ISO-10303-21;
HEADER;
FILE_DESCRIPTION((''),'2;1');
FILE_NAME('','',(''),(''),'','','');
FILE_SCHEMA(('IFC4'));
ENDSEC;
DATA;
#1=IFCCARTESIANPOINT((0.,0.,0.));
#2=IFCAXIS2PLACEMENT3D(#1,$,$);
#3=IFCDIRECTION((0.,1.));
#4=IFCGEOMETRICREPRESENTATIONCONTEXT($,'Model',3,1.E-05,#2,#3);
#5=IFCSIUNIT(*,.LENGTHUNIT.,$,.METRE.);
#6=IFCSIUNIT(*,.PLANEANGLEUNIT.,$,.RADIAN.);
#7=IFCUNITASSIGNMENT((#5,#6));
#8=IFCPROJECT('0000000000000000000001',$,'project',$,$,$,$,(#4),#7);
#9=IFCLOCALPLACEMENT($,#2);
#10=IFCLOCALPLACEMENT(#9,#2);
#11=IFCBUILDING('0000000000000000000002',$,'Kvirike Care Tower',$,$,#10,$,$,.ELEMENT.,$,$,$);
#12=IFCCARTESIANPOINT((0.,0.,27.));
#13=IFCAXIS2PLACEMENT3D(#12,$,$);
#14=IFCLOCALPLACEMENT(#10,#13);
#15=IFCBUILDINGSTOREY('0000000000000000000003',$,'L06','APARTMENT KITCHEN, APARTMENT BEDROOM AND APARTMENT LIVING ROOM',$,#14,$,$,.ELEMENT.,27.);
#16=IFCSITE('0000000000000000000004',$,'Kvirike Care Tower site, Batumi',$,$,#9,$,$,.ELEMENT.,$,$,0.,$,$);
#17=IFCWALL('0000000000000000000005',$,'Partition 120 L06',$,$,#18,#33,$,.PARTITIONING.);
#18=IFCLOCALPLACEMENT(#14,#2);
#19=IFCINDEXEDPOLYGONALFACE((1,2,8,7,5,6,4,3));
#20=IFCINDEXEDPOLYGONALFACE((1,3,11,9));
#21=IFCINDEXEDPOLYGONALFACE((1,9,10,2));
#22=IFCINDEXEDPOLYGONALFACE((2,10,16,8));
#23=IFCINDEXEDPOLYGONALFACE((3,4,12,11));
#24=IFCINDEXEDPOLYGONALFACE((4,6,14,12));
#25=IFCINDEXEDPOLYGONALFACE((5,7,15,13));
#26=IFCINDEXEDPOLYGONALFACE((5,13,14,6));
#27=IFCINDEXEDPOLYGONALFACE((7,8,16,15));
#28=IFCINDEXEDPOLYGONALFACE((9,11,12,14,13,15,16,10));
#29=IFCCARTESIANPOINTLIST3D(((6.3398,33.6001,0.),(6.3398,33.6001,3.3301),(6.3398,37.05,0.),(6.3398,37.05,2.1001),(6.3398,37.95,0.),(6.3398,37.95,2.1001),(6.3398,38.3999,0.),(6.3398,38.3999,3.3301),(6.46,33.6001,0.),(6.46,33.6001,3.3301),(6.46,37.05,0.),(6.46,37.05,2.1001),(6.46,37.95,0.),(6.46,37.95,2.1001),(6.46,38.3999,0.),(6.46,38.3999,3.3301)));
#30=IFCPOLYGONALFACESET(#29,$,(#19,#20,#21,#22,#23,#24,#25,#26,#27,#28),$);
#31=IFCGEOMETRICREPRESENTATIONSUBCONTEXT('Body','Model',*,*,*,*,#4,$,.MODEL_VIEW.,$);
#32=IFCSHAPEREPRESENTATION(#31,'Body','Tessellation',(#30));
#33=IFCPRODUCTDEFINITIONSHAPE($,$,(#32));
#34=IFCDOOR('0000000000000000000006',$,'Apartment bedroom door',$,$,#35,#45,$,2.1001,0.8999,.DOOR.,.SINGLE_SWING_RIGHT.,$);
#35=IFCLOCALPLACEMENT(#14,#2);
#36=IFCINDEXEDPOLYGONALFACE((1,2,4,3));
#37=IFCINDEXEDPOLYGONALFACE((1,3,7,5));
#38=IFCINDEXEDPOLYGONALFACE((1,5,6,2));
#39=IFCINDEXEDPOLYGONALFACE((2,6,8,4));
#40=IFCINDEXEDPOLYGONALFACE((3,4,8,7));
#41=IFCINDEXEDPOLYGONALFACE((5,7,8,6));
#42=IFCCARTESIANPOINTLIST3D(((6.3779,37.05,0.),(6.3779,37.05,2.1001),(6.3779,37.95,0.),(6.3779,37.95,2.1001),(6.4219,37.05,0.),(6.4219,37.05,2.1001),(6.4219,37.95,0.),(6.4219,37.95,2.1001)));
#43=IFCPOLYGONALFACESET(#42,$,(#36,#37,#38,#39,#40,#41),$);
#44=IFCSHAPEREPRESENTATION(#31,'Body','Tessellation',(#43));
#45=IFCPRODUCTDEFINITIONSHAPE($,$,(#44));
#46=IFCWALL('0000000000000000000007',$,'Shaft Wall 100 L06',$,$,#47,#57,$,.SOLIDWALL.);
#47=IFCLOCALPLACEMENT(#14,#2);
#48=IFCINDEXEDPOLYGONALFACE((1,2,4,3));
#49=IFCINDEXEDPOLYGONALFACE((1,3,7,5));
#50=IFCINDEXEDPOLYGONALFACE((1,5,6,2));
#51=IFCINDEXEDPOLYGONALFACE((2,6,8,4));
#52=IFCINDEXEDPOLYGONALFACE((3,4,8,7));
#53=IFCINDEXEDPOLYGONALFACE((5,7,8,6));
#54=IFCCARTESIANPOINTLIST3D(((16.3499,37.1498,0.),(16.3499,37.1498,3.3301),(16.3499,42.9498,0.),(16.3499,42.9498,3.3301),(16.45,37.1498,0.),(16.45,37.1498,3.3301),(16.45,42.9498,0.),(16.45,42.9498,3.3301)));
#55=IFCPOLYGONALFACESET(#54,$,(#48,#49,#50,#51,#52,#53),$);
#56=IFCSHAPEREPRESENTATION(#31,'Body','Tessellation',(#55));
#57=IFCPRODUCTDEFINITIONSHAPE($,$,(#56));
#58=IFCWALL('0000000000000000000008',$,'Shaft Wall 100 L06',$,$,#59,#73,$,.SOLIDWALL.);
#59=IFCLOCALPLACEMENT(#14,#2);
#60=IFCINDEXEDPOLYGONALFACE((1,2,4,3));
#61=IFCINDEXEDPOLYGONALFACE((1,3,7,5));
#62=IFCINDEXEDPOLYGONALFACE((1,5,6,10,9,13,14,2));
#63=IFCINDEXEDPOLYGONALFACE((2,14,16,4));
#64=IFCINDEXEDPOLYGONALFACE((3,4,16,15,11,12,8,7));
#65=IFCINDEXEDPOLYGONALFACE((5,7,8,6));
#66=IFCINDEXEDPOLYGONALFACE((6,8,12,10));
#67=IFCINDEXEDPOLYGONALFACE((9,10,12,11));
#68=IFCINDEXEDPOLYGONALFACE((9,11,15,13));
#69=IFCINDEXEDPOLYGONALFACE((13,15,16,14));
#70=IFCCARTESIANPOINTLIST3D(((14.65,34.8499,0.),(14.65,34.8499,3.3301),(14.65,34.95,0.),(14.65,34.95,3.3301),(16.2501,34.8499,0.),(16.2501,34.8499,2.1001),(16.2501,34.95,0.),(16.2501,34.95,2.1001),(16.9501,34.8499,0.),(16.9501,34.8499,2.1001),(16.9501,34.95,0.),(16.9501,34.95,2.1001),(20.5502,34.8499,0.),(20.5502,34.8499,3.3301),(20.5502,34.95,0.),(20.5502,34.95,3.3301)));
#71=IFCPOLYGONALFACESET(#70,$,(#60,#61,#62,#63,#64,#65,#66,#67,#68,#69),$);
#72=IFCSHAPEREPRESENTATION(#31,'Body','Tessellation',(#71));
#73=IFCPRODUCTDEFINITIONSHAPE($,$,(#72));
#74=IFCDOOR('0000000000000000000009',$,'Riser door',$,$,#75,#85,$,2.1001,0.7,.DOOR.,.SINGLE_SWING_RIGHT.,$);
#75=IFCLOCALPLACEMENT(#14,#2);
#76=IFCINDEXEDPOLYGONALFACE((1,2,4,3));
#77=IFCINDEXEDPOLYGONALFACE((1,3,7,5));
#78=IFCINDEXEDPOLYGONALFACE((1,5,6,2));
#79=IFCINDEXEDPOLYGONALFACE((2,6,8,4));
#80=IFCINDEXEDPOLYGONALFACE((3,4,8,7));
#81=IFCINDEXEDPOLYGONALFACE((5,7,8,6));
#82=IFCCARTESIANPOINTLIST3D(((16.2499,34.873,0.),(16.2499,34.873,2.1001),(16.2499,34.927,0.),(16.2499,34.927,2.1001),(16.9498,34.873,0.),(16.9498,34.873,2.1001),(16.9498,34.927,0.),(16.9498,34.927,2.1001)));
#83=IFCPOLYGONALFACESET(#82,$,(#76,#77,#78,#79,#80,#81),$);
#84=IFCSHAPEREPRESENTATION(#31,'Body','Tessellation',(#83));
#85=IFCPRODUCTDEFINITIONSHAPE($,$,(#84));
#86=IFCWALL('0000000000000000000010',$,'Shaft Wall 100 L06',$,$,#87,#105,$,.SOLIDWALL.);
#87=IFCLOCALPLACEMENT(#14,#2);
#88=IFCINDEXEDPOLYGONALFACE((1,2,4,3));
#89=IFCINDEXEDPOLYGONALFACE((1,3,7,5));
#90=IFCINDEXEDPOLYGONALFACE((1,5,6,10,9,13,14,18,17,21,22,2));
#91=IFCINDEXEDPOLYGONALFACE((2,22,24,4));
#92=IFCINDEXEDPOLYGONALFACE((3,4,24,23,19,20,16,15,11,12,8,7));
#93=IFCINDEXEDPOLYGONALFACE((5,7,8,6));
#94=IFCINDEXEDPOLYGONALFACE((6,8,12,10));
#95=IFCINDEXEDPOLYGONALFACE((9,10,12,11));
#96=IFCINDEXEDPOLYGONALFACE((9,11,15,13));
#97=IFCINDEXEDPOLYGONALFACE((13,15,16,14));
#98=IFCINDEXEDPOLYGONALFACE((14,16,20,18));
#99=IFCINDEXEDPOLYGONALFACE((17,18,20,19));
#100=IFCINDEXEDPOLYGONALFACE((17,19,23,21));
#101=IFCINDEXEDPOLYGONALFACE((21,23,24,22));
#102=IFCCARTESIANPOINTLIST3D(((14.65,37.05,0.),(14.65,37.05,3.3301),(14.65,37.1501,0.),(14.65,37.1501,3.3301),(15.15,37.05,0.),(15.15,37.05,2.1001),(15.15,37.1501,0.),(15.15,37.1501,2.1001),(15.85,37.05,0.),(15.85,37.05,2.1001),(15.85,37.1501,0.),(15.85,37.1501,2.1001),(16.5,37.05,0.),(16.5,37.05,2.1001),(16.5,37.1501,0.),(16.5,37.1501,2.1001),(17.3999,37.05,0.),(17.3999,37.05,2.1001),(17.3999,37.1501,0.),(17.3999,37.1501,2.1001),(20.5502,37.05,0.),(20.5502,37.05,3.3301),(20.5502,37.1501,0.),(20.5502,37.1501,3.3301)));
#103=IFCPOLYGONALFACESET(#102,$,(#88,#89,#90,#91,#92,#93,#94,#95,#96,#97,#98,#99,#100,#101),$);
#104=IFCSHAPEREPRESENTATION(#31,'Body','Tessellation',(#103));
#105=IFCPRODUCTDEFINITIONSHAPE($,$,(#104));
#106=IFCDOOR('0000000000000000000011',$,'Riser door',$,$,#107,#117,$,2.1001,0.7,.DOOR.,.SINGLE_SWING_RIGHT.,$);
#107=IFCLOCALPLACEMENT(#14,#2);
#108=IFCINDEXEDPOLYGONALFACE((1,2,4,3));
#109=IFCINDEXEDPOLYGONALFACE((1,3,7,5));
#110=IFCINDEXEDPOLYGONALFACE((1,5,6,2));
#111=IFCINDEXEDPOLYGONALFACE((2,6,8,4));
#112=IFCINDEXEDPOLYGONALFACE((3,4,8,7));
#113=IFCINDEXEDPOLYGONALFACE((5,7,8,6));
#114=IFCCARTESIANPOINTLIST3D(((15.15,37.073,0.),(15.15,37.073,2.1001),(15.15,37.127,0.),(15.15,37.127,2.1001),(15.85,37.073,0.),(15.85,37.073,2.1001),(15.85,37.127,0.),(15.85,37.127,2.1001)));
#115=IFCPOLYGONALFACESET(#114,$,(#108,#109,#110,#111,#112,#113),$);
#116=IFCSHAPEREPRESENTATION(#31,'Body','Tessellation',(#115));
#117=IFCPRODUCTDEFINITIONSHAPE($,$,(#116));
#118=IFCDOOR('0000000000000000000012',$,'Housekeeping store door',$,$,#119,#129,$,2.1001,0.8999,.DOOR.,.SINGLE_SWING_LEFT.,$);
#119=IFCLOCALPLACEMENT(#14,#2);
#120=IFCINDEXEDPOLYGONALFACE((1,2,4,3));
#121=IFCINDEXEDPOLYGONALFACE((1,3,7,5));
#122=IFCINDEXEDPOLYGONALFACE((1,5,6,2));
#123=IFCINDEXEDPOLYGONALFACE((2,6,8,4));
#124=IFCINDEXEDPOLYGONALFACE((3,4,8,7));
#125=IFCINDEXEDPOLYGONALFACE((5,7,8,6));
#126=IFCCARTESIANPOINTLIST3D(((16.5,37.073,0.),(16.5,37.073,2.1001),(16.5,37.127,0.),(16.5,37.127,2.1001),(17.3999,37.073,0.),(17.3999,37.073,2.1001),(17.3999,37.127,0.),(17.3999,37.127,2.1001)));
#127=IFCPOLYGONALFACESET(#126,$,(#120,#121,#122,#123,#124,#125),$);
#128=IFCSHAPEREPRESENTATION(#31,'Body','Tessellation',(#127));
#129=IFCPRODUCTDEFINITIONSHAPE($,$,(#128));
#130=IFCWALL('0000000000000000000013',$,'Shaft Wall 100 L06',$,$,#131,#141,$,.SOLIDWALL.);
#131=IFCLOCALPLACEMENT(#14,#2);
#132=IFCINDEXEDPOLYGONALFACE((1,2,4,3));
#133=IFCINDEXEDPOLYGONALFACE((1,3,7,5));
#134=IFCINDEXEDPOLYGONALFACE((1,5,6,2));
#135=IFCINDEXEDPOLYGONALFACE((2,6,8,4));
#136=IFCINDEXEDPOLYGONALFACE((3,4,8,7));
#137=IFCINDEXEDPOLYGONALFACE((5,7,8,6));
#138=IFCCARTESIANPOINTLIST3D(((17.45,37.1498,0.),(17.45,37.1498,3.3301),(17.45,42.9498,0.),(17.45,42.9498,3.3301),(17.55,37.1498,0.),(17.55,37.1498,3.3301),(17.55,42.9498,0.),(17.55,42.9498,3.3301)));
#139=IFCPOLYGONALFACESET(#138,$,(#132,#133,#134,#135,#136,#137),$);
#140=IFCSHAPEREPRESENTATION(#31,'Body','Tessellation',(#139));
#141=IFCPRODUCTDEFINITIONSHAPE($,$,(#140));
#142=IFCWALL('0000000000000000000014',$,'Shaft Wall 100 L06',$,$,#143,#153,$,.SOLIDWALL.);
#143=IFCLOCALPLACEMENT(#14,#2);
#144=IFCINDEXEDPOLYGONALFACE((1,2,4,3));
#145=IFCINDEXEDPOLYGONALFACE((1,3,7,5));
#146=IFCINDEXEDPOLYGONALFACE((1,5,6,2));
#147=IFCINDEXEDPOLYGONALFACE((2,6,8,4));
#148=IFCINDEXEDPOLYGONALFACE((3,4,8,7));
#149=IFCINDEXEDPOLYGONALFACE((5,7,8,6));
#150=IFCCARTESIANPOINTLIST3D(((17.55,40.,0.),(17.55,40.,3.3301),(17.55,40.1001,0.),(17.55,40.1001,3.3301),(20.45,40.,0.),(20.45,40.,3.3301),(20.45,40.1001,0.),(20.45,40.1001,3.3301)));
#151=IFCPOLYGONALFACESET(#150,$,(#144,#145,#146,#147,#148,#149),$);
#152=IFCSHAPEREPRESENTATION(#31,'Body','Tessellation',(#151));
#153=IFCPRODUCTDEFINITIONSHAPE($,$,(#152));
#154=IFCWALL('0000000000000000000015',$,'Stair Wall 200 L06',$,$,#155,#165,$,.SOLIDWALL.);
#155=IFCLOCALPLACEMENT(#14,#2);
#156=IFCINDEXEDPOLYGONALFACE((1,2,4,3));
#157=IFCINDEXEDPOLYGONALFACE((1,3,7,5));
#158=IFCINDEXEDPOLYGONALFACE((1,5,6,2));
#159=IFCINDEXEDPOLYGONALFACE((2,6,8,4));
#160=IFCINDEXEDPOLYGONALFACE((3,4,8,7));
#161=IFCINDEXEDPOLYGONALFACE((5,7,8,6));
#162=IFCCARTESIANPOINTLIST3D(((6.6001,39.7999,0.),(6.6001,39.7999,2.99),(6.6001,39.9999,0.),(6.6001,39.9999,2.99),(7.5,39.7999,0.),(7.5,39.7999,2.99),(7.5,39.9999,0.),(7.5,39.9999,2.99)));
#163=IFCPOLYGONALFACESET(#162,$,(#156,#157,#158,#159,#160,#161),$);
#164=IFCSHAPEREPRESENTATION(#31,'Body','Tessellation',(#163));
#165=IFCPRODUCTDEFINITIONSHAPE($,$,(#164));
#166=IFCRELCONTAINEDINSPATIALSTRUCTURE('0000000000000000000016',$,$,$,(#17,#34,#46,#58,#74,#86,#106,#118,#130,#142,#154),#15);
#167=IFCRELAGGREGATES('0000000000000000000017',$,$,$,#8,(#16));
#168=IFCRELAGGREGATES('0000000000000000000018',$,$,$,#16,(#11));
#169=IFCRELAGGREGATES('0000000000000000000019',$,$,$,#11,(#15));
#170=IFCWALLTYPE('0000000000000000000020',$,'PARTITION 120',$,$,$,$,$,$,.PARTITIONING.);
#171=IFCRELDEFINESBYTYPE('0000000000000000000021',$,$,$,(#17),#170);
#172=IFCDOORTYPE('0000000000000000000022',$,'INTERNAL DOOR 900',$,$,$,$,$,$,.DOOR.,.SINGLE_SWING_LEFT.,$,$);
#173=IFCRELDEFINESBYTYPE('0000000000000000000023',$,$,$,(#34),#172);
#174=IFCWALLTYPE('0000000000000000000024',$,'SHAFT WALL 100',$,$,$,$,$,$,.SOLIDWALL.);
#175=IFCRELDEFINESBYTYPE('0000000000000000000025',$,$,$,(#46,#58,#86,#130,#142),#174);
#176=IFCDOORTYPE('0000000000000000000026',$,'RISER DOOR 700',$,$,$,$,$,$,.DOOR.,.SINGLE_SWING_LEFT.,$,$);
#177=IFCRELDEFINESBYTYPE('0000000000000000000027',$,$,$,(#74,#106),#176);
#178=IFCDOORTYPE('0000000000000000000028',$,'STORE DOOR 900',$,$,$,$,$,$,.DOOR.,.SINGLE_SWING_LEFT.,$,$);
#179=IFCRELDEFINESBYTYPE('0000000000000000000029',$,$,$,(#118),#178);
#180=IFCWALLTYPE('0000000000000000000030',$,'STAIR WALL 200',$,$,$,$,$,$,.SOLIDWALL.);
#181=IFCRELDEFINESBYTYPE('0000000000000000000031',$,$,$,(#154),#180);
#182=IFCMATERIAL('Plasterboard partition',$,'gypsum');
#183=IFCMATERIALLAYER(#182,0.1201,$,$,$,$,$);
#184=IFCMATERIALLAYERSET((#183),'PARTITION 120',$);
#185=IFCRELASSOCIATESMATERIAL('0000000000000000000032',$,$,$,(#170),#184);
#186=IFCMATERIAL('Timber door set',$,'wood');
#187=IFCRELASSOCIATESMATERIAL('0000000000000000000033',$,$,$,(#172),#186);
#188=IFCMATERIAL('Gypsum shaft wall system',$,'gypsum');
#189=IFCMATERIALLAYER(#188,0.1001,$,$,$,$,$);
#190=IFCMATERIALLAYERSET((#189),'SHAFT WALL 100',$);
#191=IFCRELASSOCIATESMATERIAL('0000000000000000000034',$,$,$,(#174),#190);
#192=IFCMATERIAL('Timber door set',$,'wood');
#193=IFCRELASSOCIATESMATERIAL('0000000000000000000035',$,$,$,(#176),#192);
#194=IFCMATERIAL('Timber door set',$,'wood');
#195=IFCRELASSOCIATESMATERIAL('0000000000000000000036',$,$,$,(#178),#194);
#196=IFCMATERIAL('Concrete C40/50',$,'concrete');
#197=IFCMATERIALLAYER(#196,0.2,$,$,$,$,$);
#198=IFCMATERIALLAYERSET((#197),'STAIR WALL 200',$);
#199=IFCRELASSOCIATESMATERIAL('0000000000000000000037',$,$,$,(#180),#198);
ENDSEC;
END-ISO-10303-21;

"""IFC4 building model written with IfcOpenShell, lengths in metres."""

from ifc_helpers import new_model, si_unit, direction, frame, frame_2d, origin, place, context, subcontext, project, spatial, rectangle, extrude, material, layer, layer_set, type_object, element, fill, save


model = new_model("IFC4")

# Units and contexts
model_context = context("Model", 3, precision=1e-05, world=origin(), true_north=direction((0.0, 1.0)))
body_context = subcontext(model_context, "Body", "Model", "MODEL_VIEW")
ifc_project = project(units=[si_unit("LENGTHUNIT", "METRE"), si_unit("PLANEANGLEUNIT", "RADIAN")], contexts=[model_context])

# Site, building, storey
site_placement = place(None, origin())
site = spatial("IfcSite", under=ifc_project, at=site_placement, Name="Kvirike Care Tower site, Batumi", CompositionType="ELEMENT", RefElevation=0.0)
building_placement = place(site_placement, origin())
building = spatial("IfcBuilding", under=site, at=building_placement, Name="Kvirike Care Tower", CompositionType="ELEMENT")
storey_placement = place(building_placement, frame((0.0, 0.0, 27.0)))
storey = spatial("IfcBuildingStorey", under=building, at=storey_placement, Name="L06", Description="APARTMENT KITCHEN, APARTMENT BEDROOM AND APARTMENT LIVING ROOM", CompositionType="ELEMENT", Elevation=27.0)

# Wall, opening, door
ifc_material_1 = material(Name="Plasterboard partition", Category="gypsum")
ifc_layer_1 = layer(ifc_material_1, 0.1201)
ifc_layer_set_1 = layer_set([ifc_layer_1], Name="PARTITION 120")
wall_type_1 = type_object("IfcWallType", Name="PARTITION 120", PredefinedType="PARTITIONING", material=ifc_layer_set_1)
ifc_material_2 = material(Name="Timber door set", Category="wood")
door_type_1 = type_object("IfcDoorType", Name="INTERNAL DOOR 900", OperationType="SINGLE_SWING_LEFT", PredefinedType="DOOR", material=ifc_material_2)
wall_1_placement = place(storey_placement, frame((6.3999, 38.3999, 0.0), z_axis=(0.0, 0.0, 1.0), x_axis=(0.0, -1.0, 0.0)))
wall_1 = element("IfcWall", 1, at=wall_1_placement, inside=storey, type_object=wall_type_1, Name="Partition 120 L06", PredefinedType="PARTITIONING", context=body_context, shape_type="SweptSolid", body=[
    extrude(rectangle(XDim=4.7998, YDim=0.1201, at=frame_2d((2.3999, 0.0))), origin(), (0.0, 0.0, 1.0), 3.3301),
])
opening_1_placement = place(wall_1_placement, frame((0.45, 0.0, 0.0)))
opening_1 = element("IfcOpeningElement", 2, at=opening_1_placement, cuts=wall_1, PredefinedType="OPENING", context=body_context, shape_type="SweptSolid", body=[
    extrude(rectangle(XDim=0.8999, YDim=2.1001, at=frame_2d((0.45, 1.05))), frame((0.0, 0.0706, 0.0), z_axis=(0.0, -1.0, 0.0), x_axis=(1.0, 0.0, 0.0)), (0.0, 0.0, 1.0), 0.1411),
])
door_1_placement = place(opening_1_placement, origin())
door_1 = element("IfcDoor", 3, at=door_1_placement, inside=storey, type_object=door_type_1, Name="Apartment bedroom door", OperationType="SINGLE_SWING_RIGHT", OverallHeight=2.1001, OverallWidth=0.8999, PredefinedType="DOOR", context=body_context, shape_type="SweptSolid", body=[
    extrude(rectangle(XDim=0.8999, YDim=2.1001, at=frame_2d((0.45, 1.05))), frame((0.0, 0.022, 0.0), z_axis=(0.0, -1.0, 0.0), x_axis=(1.0, 0.0, 0.0)), (0.0, 0.0, 1.0), 0.0439),
])
fill(opening_1, door_1)

# Wall
ifc_material_3 = material(Name="Gypsum shaft wall system", Category="gypsum")
ifc_layer_2 = layer(ifc_material_3, 0.1001)
ifc_layer_set_2 = layer_set([ifc_layer_2], Name="SHAFT WALL 100")
wall_type_2 = type_object("IfcWallType", Name="SHAFT WALL 100", PredefinedType="SOLIDWALL", material=ifc_layer_set_2)
wall_2_placement = place(storey_placement, frame((16.3999, 37.1499, 0.0), z_axis=(0.0, 0.0, 1.0), x_axis=(0.0, 1.0, 0.0)))
element("IfcWall", 4, at=wall_2_placement, inside=storey, type_object=wall_type_2, Name="Shaft Wall 100 L06", PredefinedType="SOLIDWALL", context=body_context, shape_type="SweptSolid", body=[
    extrude(rectangle(XDim=5.8, YDim=0.1001, at=frame_2d((2.8999, 0.0))), origin(), (0.0, 0.0, 1.0), 3.3301),
])

# Wall, opening, door
wall_3_placement = place(storey_placement, frame((14.6499, 34.8999, 0.0), z_axis=(0.0, 0.0, 1.0), x_axis=(1.0, 0.0, 0.0)))
wall_3 = element("IfcWall", 5, at=wall_3_placement, inside=storey, type_object=wall_type_2, Name="Shaft Wall 100 L06", PredefinedType="SOLIDWALL", context=body_context, shape_type="SweptSolid", body=[
    extrude(rectangle(XDim=5.9001, YDim=0.1001, at=frame_2d((2.9502, 0.0))), origin(), (0.0, 0.0, 1.0), 3.3301),
])
opening_2_placement = place(wall_3_placement, frame((1.6001, 0.0, 0.0)))
opening_2 = element("IfcOpeningElement", 6, at=opening_2_placement, cuts=wall_3, PredefinedType="OPENING", context=body_context, shape_type="SweptSolid", body=[
    extrude(rectangle(XDim=0.7, YDim=2.1001, at=frame_2d((0.3501, 1.05))), frame((0.0, 0.0605, 0.0), z_axis=(0.0, -1.0, 0.0), x_axis=(1.0, 0.0, 0.0)), (0.0, 0.0, 1.0), 0.1211),
])
ifc_material_4 = material(Name="Timber door set", Category="wood")
door_type_2 = type_object("IfcDoorType", Name="RISER DOOR 700", OperationType="SINGLE_SWING_LEFT", PredefinedType="DOOR", material=ifc_material_4)
door_2_placement = place(opening_2_placement, frame((0.7, 0.0, 0.0), z_axis=(0.0, 0.0, 1.0), x_axis=(-1.0, 0.0, 0.0)))
door_2 = element("IfcDoor", 7, at=door_2_placement, inside=storey, type_object=door_type_2, Name="Riser door", OperationType="SINGLE_SWING_RIGHT", OverallHeight=2.1001, OverallWidth=0.7, PredefinedType="DOOR", context=body_context, shape_type="SweptSolid", body=[
    extrude(rectangle(XDim=0.7, YDim=2.1001, at=frame_2d((0.3501, 1.05))), frame((0.0, 0.0269, 0.0), z_axis=(0.0, -1.0, 0.0), x_axis=(1.0, 0.0, 0.0)), (0.0, 0.0, 1.0), 0.054),
])
fill(opening_2, door_2)

# Wall, openings, doors
wall_4_placement = place(storey_placement, frame((14.6499, 37.1001, 0.0), z_axis=(0.0, 0.0, 1.0), x_axis=(1.0, 0.0, 0.0)))
wall_4 = element("IfcWall", 8, at=wall_4_placement, inside=storey, type_object=wall_type_2, Name="Shaft Wall 100 L06", PredefinedType="SOLIDWALL", context=body_context, shape_type="SweptSolid", body=[
    extrude(rectangle(XDim=5.9001, YDim=0.1001, at=frame_2d((2.9502, 0.0))), origin(), (0.0, 0.0, 1.0), 3.3301),
])
opening_3_placement = place(wall_4_placement, frame((0.5, 0.0, 0.0)))
opening_3 = element("IfcOpeningElement", 9, at=opening_3_placement, cuts=wall_4, PredefinedType="OPENING", context=body_context, shape_type="SweptSolid", body=[
    extrude(rectangle(XDim=0.7, YDim=2.1001, at=frame_2d((0.3501, 1.05))), frame((0.0, 0.0605, 0.0), z_axis=(0.0, -1.0, 0.0), x_axis=(1.0, 0.0, 0.0)), (0.0, 0.0, 1.0), 0.1211),
])
opening_4_placement = place(wall_4_placement, frame((1.8501, 0.0, 0.0)))
opening_4 = element("IfcOpeningElement", 10, at=opening_4_placement, cuts=wall_4, PredefinedType="OPENING", context=body_context, shape_type="SweptSolid", body=[
    extrude(rectangle(XDim=0.8999, YDim=2.1001, at=frame_2d((0.45, 1.05))), frame((0.0, 0.0605, 0.0), z_axis=(0.0, -1.0, 0.0), x_axis=(1.0, 0.0, 0.0)), (0.0, 0.0, 1.0), 0.1211),
])
door_3_placement = place(opening_3_placement, origin())
door_3 = element("IfcDoor", 11, at=door_3_placement, inside=storey, type_object=door_type_2, Name="Riser door", OperationType="SINGLE_SWING_RIGHT", OverallHeight=2.1001, OverallWidth=0.7, PredefinedType="DOOR", context=body_context, shape_type="SweptSolid", body=[
    extrude(rectangle(XDim=0.7, YDim=2.1001, at=frame_2d((0.3501, 1.05))), frame((0.0, 0.0269, 0.0), z_axis=(0.0, -1.0, 0.0), x_axis=(1.0, 0.0, 0.0)), (0.0, 0.0, 1.0), 0.054),
])
fill(opening_3, door_3)
ifc_material_5 = material(Name="Timber door set", Category="wood")
door_type_3 = type_object("IfcDoorType", Name="STORE DOOR 900", OperationType="SINGLE_SWING_LEFT", PredefinedType="DOOR", material=ifc_material_5)
door_4_placement = place(opening_4_placement, origin())
door_4 = element("IfcDoor", 12, at=door_4_placement, inside=storey, type_object=door_type_3, Name="Housekeeping store door", OperationType="SINGLE_SWING_LEFT", OverallHeight=2.1001, OverallWidth=0.8999, PredefinedType="DOOR", context=body_context, shape_type="SweptSolid", body=[
    extrude(rectangle(XDim=0.8999, YDim=2.1001, at=frame_2d((0.45, 1.05))), frame((0.0, 0.0269, 0.0), z_axis=(0.0, -1.0, 0.0), x_axis=(1.0, 0.0, 0.0)), (0.0, 0.0, 1.0), 0.054),
])
fill(opening_4, door_4)

# Walls
wall_5_placement = place(storey_placement, frame((17.5, 37.1499, 0.0), z_axis=(0.0, 0.0, 1.0), x_axis=(0.0, 1.0, 0.0)))
element("IfcWall", 13, at=wall_5_placement, inside=storey, type_object=wall_type_2, Name="Shaft Wall 100 L06", PredefinedType="SOLIDWALL", context=body_context, shape_type="SweptSolid", body=[
    extrude(rectangle(XDim=5.8, YDim=0.1001, at=frame_2d((2.8999, 0.0))), origin(), (0.0, 0.0, 1.0), 3.3301),
])
wall_6_placement = place(storey_placement, frame((17.55, 40.05, 0.0), z_axis=(0.0, 0.0, 1.0), x_axis=(1.0, 0.0, 0.0)))
element("IfcWall", 14, at=wall_6_placement, inside=storey, type_object=wall_type_2, Name="Shaft Wall 100 L06", PredefinedType="SOLIDWALL", context=body_context, shape_type="SweptSolid", body=[
    extrude(rectangle(XDim=2.8999, YDim=0.1001, at=frame_2d((1.45, 0.0))), origin(), (0.0, 0.0, 1.0), 3.3301),
])
ifc_material_6 = material(Name="Concrete C40/50", Category="concrete")
ifc_layer_3 = layer(ifc_material_6, 0.2)
ifc_layer_set_3 = layer_set([ifc_layer_3], Name="STAIR WALL 200")
wall_type_3 = type_object("IfcWallType", Name="STAIR WALL 200", PredefinedType="SOLIDWALL", material=ifc_layer_set_3)
wall_7_placement = place(storey_placement, frame((6.6001, 39.8999, 0.0), z_axis=(0.0, 0.0, 1.0), x_axis=(1.0, 0.0, 0.0)))
element("IfcWall", 15, at=wall_7_placement, inside=storey, type_object=wall_type_3, Name="Stair Wall 200 L06", PredefinedType="SOLIDWALL", context=body_context, shape_type="SweptSolid", body=[
    extrude(rectangle(XDim=0.8999, YDim=0.2, at=frame_2d((0.45, 0.0))), origin(), (0.0, 0.0, 1.0), 2.99),
])

save(model, "model.ifc")
